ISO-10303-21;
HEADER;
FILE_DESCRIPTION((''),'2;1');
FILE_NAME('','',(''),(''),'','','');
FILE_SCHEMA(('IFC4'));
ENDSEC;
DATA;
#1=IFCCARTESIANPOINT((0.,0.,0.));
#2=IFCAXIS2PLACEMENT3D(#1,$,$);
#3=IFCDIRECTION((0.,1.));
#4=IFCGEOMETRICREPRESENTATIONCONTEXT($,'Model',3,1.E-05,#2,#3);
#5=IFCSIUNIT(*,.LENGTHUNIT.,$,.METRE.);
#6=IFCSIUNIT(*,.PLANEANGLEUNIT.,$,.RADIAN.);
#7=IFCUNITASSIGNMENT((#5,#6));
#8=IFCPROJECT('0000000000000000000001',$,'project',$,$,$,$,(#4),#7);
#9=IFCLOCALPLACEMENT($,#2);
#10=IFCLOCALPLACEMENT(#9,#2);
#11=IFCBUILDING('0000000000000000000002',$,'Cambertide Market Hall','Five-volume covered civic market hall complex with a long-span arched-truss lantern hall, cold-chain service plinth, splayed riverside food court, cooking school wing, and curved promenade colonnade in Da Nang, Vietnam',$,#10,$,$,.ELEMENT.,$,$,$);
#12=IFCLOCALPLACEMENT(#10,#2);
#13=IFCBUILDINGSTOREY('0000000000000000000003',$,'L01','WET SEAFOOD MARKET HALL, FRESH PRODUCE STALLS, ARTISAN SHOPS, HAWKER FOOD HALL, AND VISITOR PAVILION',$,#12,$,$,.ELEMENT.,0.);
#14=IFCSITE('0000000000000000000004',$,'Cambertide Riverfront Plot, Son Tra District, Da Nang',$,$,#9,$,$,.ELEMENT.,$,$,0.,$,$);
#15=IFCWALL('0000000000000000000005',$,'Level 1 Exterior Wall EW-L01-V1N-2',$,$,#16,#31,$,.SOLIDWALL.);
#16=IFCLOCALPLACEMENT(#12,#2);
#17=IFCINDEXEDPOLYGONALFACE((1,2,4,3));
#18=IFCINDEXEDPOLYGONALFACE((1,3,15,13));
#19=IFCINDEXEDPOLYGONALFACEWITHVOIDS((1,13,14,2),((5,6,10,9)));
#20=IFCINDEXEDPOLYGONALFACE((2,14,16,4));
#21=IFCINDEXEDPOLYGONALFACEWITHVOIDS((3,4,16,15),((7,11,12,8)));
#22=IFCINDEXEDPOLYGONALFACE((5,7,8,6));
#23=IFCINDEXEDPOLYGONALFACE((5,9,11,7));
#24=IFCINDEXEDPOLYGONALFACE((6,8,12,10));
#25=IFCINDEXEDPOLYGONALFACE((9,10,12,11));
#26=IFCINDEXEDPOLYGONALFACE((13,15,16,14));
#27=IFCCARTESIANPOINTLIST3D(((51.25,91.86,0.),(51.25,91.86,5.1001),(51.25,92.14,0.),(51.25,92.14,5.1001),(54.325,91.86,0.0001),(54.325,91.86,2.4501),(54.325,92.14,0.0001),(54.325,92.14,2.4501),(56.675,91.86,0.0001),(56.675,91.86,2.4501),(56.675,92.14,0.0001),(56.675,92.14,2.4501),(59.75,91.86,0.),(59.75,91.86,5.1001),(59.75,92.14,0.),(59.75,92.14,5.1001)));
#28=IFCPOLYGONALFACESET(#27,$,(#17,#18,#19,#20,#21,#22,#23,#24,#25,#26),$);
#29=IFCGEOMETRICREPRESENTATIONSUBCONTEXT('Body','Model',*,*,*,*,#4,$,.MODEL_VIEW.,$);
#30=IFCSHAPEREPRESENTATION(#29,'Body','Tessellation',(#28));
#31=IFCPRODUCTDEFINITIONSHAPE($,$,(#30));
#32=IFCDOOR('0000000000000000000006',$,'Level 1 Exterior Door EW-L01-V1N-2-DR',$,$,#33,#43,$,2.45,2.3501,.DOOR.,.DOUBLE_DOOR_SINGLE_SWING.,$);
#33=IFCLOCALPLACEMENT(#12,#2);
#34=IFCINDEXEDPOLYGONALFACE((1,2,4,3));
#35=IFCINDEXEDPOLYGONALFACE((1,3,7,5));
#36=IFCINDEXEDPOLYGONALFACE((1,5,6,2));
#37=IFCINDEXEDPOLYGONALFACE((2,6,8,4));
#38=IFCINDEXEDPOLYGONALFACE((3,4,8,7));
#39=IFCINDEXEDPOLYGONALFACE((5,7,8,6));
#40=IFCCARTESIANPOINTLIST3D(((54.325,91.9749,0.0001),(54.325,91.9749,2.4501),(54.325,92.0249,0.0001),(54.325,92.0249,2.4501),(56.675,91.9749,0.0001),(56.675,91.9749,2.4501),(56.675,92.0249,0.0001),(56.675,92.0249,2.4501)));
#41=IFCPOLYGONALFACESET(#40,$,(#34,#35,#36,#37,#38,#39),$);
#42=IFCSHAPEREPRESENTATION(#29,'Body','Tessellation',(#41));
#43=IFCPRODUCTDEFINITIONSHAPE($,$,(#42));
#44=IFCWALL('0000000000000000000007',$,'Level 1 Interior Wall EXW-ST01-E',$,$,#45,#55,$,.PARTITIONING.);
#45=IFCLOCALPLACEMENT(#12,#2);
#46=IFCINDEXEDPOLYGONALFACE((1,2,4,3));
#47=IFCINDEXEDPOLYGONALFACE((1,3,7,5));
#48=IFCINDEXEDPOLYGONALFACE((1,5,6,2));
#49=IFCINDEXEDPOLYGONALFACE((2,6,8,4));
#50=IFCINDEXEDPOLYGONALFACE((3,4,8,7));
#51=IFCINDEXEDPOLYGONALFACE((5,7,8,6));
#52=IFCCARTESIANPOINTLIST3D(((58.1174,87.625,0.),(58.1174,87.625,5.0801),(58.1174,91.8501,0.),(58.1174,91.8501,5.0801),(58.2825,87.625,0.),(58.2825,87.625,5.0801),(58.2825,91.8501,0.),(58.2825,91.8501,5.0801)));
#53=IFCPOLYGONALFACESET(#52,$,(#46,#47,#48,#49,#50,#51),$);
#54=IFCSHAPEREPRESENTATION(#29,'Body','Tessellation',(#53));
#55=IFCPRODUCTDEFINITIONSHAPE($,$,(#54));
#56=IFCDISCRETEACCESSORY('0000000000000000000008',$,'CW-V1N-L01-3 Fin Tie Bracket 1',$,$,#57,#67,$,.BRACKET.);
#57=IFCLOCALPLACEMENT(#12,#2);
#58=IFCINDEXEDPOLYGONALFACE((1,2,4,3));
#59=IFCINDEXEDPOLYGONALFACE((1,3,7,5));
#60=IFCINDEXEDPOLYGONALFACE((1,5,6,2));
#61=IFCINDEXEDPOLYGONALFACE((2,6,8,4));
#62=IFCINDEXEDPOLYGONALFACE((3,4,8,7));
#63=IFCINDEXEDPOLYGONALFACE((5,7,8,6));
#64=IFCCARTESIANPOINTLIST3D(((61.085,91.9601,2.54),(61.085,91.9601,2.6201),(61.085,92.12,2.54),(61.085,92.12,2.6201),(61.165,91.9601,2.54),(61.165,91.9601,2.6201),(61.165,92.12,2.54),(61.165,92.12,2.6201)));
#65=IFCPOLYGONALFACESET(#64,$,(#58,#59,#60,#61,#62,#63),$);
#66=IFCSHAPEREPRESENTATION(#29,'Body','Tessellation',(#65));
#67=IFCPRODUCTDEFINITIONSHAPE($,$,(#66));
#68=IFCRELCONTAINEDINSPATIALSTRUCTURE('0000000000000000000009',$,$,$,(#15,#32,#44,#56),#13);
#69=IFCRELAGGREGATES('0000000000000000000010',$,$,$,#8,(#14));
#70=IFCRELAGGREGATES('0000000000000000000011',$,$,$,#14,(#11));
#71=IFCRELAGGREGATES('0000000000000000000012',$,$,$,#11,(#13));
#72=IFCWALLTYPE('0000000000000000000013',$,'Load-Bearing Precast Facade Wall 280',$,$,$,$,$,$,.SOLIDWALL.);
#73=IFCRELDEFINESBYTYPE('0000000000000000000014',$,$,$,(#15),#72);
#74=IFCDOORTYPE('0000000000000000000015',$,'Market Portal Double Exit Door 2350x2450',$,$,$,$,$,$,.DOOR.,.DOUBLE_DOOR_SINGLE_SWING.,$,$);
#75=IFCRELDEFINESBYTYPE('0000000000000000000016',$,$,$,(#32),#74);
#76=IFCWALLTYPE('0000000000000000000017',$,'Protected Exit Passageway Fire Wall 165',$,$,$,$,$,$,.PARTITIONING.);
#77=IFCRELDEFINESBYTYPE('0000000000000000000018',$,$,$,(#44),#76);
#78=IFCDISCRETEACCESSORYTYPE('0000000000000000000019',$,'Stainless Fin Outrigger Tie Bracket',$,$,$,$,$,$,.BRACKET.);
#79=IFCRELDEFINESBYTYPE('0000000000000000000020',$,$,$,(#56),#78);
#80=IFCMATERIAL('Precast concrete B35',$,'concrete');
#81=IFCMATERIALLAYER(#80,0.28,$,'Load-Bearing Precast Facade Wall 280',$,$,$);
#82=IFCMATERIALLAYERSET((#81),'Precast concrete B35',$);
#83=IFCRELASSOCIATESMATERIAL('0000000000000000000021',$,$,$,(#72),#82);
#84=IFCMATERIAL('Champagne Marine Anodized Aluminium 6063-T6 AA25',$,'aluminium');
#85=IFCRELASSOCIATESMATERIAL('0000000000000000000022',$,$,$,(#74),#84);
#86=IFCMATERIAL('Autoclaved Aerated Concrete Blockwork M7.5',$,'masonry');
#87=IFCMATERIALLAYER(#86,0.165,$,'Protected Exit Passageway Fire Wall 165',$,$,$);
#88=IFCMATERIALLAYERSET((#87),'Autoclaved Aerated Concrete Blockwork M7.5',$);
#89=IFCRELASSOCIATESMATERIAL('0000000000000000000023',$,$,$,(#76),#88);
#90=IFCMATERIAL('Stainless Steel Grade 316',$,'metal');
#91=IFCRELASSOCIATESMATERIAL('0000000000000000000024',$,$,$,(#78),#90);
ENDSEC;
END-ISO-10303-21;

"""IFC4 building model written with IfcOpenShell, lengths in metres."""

from ifc_helpers import new_model, si_unit, direction, frame, frame_2d, origin, origin_2d, place, context, subcontext, project, spatial, rectangle, extrude, material, layer, layer_set, type_object, element, fill, save


model = new_model("IFC4")

# Units and contexts
model_context = context("Model", 3, precision=1e-05, world=origin(), true_north=direction((0.0, 1.0)))
body_context = subcontext(model_context, "Body", "Model", "MODEL_VIEW")
ifc_project = project(units=[si_unit("LENGTHUNIT", "METRE"), si_unit("PLANEANGLEUNIT", "RADIAN")], contexts=[model_context])

# Site, building, storey
site_placement = place(None, origin())
site = spatial("IfcSite", under=ifc_project, at=site_placement, Name="Cambertide Riverfront Plot, Son Tra District, Da Nang", CompositionType="ELEMENT", RefElevation=0.0)
building_placement = place(site_placement, origin())
building = spatial("IfcBuilding", under=site, at=building_placement, Name="Cambertide Market Hall", Description="Five-volume covered civic market hall complex with a long-span arched-truss lantern hall, cold-chain service plinth, splayed riverside food court, cooking school wing, and curved promenade colonnade in Da Nang, Vietnam", CompositionType="ELEMENT")
storey_placement = place(building_placement, origin())
storey = spatial("IfcBuildingStorey", under=building, at=storey_placement, Name="L01", Description="WET SEAFOOD MARKET HALL, FRESH PRODUCE STALLS, ARTISAN SHOPS, HAWKER FOOD HALL, AND VISITOR PAVILION", CompositionType="ELEMENT", Elevation=0.0)

# Wall, opening, door
ifc_material_1 = material(Name="Precast concrete B35", Category="concrete")
ifc_layer_1 = layer(ifc_material_1, 0.28, Name="Load-Bearing Precast Facade Wall 280")
ifc_layer_set_1 = layer_set([ifc_layer_1], Name="Precast concrete B35")
wall_type_1 = type_object("IfcWallType", Name="Load-Bearing Precast Facade Wall 280", PredefinedType="SOLIDWALL", material=ifc_layer_set_1)
wall_1_placement = place(storey_placement, frame((51.25, 92.0, 0.0), z_axis=(0.0, 0.0, 1.0), x_axis=(1.0, 0.0, 0.0)))
wall_1 = element("IfcWall", 1, at=wall_1_placement, inside=storey, type_object=wall_type_1, Name="Level 1 Exterior Wall EW-L01-V1N-2", PredefinedType="SOLIDWALL", context=body_context, shape_type="SweptSolid", body=[
    extrude(rectangle(XDim=8.5, YDim=0.28, at=frame_2d((4.25, 0.0))), origin(), (0.0, 0.0, 1.0), 5.1001),
])
opening_placement = place(wall_1_placement, frame((3.075, 0.0, 0.0)))
opening = element("IfcOpeningElement", 2, at=opening_placement, cuts=wall_1, PredefinedType="OPENING", context=body_context, shape_type="SweptSolid", body=[
    extrude(rectangle(XDim=2.3501, YDim=2.45, at=frame_2d((1.175, 1.2251))), frame((0.0, 0.1499, 0.0), z_axis=(0.0, -1.0, 0.0), x_axis=(1.0, 0.0, 0.0)), (0.0, 0.0, 1.0), 0.3),
])
ifc_material_2 = material(Name="Champagne Marine Anodized Aluminium 6063-T6 AA25", Category="aluminium")
door_type = type_object("IfcDoorType", Name="Market Portal Double Exit Door 2350x2450", OperationType="DOUBLE_DOOR_SINGLE_SWING", PredefinedType="DOOR", material=ifc_material_2)
door_placement = place(opening_placement, origin())
door = element("IfcDoor", 3, at=door_placement, inside=storey, type_object=door_type, Name="Level 1 Exterior Door EW-L01-V1N-2-DR", OperationType="DOUBLE_DOOR_SINGLE_SWING", OverallHeight=2.45, OverallWidth=2.3501, PredefinedType="DOOR", context=body_context, shape_type="SweptSolid", body=[
    extrude(rectangle(XDim=2.3501, YDim=2.45, at=frame_2d((1.175, 1.2251))), frame((0.0, 0.0249, 0.0), z_axis=(0.0, -1.0, 0.0), x_axis=(1.0, 0.0, 0.0)), (0.0, 0.0, 1.0), 0.05),
])
fill(opening, door)

# Wall
ifc_material_3 = material(Name="Autoclaved Aerated Concrete Blockwork M7.5", Category="masonry")
ifc_layer_2 = layer(ifc_material_3, 0.165, Name="Protected Exit Passageway Fire Wall 165")
ifc_layer_set_2 = layer_set([ifc_layer_2], Name="Autoclaved Aerated Concrete Blockwork M7.5")
wall_type_2 = type_object("IfcWallType", Name="Protected Exit Passageway Fire Wall 165", PredefinedType="PARTITIONING", material=ifc_layer_set_2)
wall_2_placement = place(storey_placement, frame((58.2, 87.625, 0.0), z_axis=(0.0, 0.0, 1.0), x_axis=(0.0, 1.0, 0.0)))
element("IfcWall", 4, at=wall_2_placement, inside=storey, type_object=wall_type_2, Name="Level 1 Interior Wall EXW-ST01-E", PredefinedType="PARTITIONING", context=body_context, shape_type="SweptSolid", body=[
    extrude(rectangle(XDim=4.2251, YDim=0.165, at=frame_2d((2.1125, 0.0))), origin(), (0.0, 0.0, 1.0), 5.0801),
])

# Discrete accessory
ifc_material_4 = material(Name="Stainless Steel Grade 316", Category="metal")
discrete_accessory_type = type_object("IfcDiscreteAccessoryType", Name="Stainless Fin Outrigger Tie Bracket", PredefinedType="BRACKET", material=ifc_material_4)
discrete_accessory_placement = place(storey_placement, frame((61.125, 92.04, 2.54), z_axis=(0.0, 0.0, 1.0), x_axis=(1.0, 0.0, 0.0)))
element("IfcDiscreteAccessory", 5, at=discrete_accessory_placement, inside=storey, type_object=discrete_accessory_type, Name="CW-V1N-L01-3 Fin Tie Bracket 1", PredefinedType="BRACKET", context=body_context, shape_type="SweptSolid", body=[
    extrude(rectangle(XDim=0.0801, YDim=0.1599, at=origin_2d()), origin(), (0.0, 0.0, 1.0), 0.0801),
])

save(model, "model.ifc")
